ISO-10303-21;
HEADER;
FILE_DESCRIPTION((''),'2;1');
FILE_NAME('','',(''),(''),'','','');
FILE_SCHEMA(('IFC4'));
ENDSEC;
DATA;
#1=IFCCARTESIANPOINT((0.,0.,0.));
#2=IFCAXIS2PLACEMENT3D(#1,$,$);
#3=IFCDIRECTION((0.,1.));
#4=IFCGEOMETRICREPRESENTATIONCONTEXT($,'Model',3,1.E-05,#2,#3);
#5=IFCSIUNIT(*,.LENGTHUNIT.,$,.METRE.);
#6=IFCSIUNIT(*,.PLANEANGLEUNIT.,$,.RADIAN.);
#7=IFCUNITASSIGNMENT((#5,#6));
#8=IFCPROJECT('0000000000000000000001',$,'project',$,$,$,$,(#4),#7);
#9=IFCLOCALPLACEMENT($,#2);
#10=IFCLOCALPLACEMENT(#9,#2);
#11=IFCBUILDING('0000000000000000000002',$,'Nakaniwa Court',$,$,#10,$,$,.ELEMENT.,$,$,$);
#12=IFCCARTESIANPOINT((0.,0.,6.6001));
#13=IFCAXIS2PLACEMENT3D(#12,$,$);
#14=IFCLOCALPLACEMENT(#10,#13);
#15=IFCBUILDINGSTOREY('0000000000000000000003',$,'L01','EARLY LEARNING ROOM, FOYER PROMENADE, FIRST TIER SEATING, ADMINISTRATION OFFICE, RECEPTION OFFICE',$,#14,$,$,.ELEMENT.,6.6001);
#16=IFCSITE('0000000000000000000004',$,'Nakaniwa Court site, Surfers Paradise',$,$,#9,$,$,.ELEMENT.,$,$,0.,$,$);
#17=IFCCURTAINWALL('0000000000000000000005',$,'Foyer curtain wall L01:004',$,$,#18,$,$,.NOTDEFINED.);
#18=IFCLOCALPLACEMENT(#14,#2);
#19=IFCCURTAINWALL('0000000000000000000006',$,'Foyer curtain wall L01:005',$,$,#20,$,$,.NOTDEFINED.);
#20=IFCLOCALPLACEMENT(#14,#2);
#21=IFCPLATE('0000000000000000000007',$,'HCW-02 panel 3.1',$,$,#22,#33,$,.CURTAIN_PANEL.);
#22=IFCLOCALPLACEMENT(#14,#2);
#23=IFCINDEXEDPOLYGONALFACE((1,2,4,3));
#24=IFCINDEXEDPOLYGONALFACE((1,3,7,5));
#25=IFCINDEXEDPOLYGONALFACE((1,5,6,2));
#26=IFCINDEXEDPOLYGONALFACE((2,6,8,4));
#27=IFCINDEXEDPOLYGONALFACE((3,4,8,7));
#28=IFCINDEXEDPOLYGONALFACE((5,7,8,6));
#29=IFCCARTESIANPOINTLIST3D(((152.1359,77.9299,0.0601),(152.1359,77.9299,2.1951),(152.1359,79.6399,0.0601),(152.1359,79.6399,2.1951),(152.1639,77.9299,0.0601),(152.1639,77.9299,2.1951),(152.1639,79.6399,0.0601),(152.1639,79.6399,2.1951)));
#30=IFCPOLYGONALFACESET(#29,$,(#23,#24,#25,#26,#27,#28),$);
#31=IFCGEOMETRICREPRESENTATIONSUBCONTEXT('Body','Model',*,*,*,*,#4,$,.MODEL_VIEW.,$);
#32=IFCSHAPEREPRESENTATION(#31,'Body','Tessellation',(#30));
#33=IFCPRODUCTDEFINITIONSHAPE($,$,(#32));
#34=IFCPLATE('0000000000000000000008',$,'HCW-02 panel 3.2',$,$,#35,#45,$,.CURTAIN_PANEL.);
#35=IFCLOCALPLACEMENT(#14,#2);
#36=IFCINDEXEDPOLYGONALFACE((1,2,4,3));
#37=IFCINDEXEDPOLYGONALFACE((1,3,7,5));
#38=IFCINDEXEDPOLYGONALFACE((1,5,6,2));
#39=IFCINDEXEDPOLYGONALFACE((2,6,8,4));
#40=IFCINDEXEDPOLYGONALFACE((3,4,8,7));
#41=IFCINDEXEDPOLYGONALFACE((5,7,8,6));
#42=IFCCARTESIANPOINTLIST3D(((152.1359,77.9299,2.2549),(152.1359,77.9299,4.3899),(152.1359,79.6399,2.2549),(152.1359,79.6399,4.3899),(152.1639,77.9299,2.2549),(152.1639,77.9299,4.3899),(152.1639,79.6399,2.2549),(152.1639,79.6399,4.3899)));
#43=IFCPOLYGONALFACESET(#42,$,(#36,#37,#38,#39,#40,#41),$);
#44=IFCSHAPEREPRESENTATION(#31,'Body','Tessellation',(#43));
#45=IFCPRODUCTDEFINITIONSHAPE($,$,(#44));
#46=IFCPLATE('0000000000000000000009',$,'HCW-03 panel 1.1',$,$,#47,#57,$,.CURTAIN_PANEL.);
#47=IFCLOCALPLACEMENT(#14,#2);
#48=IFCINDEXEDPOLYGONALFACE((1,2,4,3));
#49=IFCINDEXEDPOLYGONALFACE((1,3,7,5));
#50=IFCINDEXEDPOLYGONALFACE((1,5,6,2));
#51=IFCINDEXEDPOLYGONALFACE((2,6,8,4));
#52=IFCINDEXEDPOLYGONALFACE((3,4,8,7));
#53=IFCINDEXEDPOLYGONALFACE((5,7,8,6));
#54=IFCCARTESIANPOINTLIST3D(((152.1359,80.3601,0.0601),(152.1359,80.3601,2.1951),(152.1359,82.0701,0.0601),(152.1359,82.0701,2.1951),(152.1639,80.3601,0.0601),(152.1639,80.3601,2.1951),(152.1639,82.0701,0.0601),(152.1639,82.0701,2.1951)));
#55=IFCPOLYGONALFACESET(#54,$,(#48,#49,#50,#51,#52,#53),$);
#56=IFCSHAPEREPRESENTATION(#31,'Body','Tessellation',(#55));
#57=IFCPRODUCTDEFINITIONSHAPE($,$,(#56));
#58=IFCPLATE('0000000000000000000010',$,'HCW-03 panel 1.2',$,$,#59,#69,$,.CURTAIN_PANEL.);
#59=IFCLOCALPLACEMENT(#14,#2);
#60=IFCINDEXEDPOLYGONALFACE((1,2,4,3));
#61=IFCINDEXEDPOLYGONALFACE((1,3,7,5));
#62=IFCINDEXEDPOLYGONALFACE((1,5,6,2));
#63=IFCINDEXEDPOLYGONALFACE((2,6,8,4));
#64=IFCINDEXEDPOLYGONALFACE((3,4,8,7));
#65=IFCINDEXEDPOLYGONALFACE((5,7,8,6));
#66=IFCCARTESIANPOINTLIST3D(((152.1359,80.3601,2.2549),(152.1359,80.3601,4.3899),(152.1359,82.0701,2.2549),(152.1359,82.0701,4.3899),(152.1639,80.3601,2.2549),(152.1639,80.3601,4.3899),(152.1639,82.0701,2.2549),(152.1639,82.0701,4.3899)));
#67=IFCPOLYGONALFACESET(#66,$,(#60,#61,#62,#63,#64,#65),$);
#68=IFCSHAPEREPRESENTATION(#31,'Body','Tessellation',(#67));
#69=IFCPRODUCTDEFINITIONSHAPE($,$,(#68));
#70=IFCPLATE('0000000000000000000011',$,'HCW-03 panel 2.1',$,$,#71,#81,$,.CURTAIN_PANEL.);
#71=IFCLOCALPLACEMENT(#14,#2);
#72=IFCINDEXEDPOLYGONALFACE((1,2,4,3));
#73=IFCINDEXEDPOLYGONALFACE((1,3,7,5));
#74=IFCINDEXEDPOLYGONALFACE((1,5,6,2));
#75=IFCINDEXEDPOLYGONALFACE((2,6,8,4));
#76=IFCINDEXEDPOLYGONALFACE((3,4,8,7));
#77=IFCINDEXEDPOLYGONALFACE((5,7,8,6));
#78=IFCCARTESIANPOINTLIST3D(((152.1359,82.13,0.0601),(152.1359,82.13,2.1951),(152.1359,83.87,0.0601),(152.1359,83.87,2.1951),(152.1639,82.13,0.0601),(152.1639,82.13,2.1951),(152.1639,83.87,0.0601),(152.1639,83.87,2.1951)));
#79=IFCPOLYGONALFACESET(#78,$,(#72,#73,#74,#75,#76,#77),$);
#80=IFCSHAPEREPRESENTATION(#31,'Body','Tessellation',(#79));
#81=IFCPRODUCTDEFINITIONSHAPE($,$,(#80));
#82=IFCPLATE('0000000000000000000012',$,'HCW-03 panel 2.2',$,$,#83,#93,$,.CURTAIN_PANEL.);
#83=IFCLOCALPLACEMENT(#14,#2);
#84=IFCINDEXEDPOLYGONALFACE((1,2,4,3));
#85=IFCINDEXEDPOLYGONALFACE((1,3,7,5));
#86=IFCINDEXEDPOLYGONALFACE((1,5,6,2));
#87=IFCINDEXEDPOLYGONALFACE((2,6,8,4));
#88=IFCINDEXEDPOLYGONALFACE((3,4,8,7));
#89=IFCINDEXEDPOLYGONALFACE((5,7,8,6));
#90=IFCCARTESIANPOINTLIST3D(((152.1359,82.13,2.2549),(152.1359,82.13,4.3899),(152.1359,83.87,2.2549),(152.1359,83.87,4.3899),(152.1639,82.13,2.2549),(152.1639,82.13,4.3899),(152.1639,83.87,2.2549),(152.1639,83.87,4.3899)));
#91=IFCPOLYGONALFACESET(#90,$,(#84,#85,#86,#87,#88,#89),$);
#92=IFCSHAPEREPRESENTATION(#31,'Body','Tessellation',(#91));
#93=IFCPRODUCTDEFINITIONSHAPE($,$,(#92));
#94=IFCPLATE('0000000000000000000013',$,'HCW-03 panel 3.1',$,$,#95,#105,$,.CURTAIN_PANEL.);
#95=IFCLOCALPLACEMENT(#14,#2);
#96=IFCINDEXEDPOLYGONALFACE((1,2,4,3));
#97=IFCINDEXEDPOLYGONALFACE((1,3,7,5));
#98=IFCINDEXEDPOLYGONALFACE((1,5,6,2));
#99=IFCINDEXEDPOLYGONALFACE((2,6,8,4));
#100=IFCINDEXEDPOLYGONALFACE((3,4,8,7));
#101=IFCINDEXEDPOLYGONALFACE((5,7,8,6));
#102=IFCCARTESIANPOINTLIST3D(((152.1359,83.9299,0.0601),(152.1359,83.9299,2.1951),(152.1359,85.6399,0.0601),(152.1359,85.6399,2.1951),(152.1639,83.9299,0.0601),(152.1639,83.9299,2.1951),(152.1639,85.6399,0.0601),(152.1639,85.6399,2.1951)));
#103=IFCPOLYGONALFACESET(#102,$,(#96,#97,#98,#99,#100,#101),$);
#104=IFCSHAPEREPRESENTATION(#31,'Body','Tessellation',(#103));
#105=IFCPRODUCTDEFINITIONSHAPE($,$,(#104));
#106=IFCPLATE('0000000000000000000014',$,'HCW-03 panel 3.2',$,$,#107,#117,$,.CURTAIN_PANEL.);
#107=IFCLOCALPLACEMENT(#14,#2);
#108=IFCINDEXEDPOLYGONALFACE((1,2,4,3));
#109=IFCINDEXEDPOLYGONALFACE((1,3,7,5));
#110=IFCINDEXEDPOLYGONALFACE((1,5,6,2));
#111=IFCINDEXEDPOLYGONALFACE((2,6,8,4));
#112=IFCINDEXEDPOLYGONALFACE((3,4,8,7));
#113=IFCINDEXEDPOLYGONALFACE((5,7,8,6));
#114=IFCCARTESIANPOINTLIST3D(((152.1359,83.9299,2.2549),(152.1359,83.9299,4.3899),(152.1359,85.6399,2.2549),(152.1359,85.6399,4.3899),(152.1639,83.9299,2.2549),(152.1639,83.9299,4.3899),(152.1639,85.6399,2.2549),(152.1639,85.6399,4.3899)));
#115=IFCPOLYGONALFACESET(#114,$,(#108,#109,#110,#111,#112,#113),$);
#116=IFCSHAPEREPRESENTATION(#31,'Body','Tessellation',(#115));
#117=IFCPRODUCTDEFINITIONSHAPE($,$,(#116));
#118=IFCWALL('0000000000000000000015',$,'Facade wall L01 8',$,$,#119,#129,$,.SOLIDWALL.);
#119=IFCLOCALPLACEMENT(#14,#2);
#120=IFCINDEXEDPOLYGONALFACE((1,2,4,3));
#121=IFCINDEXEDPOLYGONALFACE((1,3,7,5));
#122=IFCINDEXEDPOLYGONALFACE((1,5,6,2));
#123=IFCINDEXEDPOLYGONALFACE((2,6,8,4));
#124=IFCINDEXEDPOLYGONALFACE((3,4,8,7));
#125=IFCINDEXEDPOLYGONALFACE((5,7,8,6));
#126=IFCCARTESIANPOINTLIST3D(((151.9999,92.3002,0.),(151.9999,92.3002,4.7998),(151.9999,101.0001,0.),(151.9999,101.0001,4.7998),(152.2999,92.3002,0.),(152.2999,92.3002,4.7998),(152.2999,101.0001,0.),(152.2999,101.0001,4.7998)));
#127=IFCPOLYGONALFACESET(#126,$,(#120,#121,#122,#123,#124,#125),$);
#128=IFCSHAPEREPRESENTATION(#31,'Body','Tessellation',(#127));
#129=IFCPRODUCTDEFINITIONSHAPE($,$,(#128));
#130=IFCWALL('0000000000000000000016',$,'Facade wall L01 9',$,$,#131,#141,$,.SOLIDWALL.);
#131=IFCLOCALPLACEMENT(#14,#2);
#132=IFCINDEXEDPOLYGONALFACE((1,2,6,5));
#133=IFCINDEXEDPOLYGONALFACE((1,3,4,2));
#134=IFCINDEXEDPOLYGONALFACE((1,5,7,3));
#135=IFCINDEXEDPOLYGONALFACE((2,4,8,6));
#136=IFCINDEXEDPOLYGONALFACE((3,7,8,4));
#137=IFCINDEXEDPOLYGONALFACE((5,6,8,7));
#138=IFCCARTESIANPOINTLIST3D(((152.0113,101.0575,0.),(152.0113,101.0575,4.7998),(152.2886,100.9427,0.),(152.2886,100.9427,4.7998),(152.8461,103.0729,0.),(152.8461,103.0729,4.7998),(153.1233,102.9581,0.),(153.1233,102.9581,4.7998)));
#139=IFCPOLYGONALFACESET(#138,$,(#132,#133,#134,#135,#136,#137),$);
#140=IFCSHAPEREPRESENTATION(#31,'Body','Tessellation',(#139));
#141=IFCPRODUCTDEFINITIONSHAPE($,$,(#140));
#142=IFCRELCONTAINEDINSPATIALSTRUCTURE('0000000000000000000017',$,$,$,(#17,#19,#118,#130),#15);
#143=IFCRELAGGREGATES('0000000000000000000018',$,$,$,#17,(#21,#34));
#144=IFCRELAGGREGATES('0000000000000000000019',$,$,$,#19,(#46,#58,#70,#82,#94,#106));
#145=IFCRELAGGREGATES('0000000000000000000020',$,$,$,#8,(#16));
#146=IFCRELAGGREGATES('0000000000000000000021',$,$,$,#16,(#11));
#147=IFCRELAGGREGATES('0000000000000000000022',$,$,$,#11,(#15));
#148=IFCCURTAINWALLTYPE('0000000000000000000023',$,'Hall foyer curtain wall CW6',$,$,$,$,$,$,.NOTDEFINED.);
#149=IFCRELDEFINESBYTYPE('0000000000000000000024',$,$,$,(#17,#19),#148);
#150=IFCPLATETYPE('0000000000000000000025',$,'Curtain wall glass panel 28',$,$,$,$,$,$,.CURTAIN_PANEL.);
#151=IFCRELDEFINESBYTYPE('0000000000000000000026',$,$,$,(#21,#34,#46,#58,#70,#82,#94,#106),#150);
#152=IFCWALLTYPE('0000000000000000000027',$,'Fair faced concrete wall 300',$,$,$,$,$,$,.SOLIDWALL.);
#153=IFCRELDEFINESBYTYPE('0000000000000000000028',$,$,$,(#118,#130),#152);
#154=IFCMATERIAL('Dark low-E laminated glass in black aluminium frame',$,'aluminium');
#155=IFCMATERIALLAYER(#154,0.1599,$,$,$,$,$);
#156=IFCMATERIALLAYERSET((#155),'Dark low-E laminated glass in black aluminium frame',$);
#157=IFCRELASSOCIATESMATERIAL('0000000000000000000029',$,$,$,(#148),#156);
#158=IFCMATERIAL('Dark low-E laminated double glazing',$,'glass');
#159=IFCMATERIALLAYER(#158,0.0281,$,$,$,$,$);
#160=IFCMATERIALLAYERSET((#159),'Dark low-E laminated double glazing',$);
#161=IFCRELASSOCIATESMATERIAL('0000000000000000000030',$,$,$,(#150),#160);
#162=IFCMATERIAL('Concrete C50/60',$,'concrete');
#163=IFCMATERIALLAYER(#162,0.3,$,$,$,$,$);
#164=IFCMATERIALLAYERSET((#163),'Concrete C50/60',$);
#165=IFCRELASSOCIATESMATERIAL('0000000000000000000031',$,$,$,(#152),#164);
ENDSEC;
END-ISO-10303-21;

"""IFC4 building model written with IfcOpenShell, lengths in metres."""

from ifc_helpers import new_model, si_unit, direction, frame, frame_2d, origin, origin_2d, place, context, subcontext, project, spatial, rectangle, extrude, material, layer, layer_set, type_object, element, aggregate, save


model = new_model("IFC4")

# Units and contexts
model_context = context("Model", 3, precision=1e-05, world=origin(), true_north=direction((0.0, 1.0)))
body_context = subcontext(model_context, "Body", "Model", "MODEL_VIEW")
ifc_project = project(units=[si_unit("LENGTHUNIT", "METRE"), si_unit("PLANEANGLEUNIT", "RADIAN")], contexts=[model_context])

# Site, building, storey
site_placement = place(None, origin())
site = spatial("IfcSite", under=ifc_project, at=site_placement, Name="Nakaniwa Court site, Surfers Paradise", CompositionType="ELEMENT", RefElevation=0.0)
building_placement = place(site_placement, origin())
building = spatial("IfcBuilding", under=site, at=building_placement, Name="Nakaniwa Court", CompositionType="ELEMENT")
storey_placement = place(building_placement, frame((0.0, 0.0, 6.6001)))
storey = spatial("IfcBuildingStorey", under=building, at=storey_placement, Name="L01", Description="EARLY LEARNING ROOM, FOYER PROMENADE, FIRST TIER SEATING, ADMINISTRATION OFFICE, RECEPTION OFFICE", CompositionType="ELEMENT", Elevation=6.6001)

# Curtain walls
ifc_material_1 = material(Name="Dark low-E laminated glass in black aluminium frame", Category="aluminium")
ifc_layer_1 = layer(ifc_material_1, 0.1599)
ifc_layer_set_1 = layer_set([ifc_layer_1], Name="Dark low-E laminated glass in black aluminium frame")
curtain_wall_type = type_object("IfcCurtainWallType", Name="Hall foyer curtain wall CW6", PredefinedType="NOTDEFINED", material=ifc_layer_set_1)
curtain_wall_1_placement = place(storey_placement, origin())
curtain_wall_1 = element("IfcCurtainWall", 1, at=curtain_wall_1_placement, inside=storey, type_object=curtain_wall_type, Name="Foyer curtain wall L01:004", PredefinedType="NOTDEFINED")
curtain_wall_2_placement = place(storey_placement, origin())
curtain_wall_2 = element("IfcCurtainWall", 2, at=curtain_wall_2_placement, inside=storey, type_object=curtain_wall_type, Name="Foyer curtain wall L01:005", PredefinedType="NOTDEFINED")

# Plates
ifc_material_2 = material(Name="Dark low-E laminated double glazing", Category="glass")
ifc_layer_2 = layer(ifc_material_2, 0.0281)
ifc_layer_set_2 = layer_set([ifc_layer_2], Name="Dark low-E laminated double glazing")
plate_type = type_object("IfcPlateType", Name="Curtain wall glass panel 28", PredefinedType="CURTAIN_PANEL", material=ifc_layer_set_2)
plate_1_placement = place(storey_placement, frame((152.1499, 78.7849, 0.0601), z_axis=(0.0, 0.0, 1.0), x_axis=(0.0, 1.0, 0.0)))
plate_1 = element("IfcPlate", 3, at=plate_1_placement, type_object=plate_type, Name="HCW-02 panel 3.1", PredefinedType="CURTAIN_PANEL", context=body_context, shape_type="SweptSolid", body=[
    extrude(rectangle(XDim=1.71, YDim=0.0281, at=origin_2d()), origin(), (0.0, 0.0, 1.0), 2.135),
])
plate_2_placement = place(storey_placement, frame((152.1499, 78.7849, 2.2549), z_axis=(0.0, 0.0, 1.0), x_axis=(0.0, 1.0, 0.0)))
plate_2 = element("IfcPlate", 4, at=plate_2_placement, type_object=plate_type, Name="HCW-02 panel 3.2", PredefinedType="CURTAIN_PANEL", context=body_context, shape_type="SweptSolid", body=[
    extrude(rectangle(XDim=1.71, YDim=0.0281, at=origin_2d()), origin(), (0.0, 0.0, 1.0), 2.135),
])
aggregate(curtain_wall_1, [plate_1, plate_2])
plate_3_placement = place(storey_placement, frame((152.1499, 81.2151, 0.0601), z_axis=(0.0, 0.0, 1.0), x_axis=(0.0, 1.0, 0.0)))
plate_3 = element("IfcPlate", 5, at=plate_3_placement, type_object=plate_type, Name="HCW-03 panel 1.1", PredefinedType="CURTAIN_PANEL", context=body_context, shape_type="SweptSolid", body=[
    extrude(rectangle(XDim=1.71, YDim=0.0281, at=origin_2d()), origin(), (0.0, 0.0, 1.0), 2.135),
])
plate_4_placement = place(storey_placement, frame((152.1499, 81.2151, 2.2549), z_axis=(0.0, 0.0, 1.0), x_axis=(0.0, 1.0, 0.0)))
plate_4 = element("IfcPlate", 6, at=plate_4_placement, type_object=plate_type, Name="HCW-03 panel 1.2", PredefinedType="CURTAIN_PANEL", context=body_context, shape_type="SweptSolid", body=[
    extrude(rectangle(XDim=1.71, YDim=0.0281, at=origin_2d()), origin(), (0.0, 0.0, 1.0), 2.135),
])
plate_5_placement = place(storey_placement, frame((152.1499, 83.0, 0.0601), z_axis=(0.0, 0.0, 1.0), x_axis=(0.0, 1.0, 0.0)))
plate_5 = element("IfcPlate", 7, at=plate_5_placement, type_object=plate_type, Name="HCW-03 panel 2.1", PredefinedType="CURTAIN_PANEL", context=body_context, shape_type="SweptSolid", body=[
    extrude(rectangle(XDim=1.74, YDim=0.0281, at=origin_2d()), origin(), (0.0, 0.0, 1.0), 2.135),
])
plate_6_placement = place(storey_placement, frame((152.1499, 83.0, 2.2549), z_axis=(0.0, 0.0, 1.0), x_axis=(0.0, 1.0, 0.0)))
plate_6 = element("IfcPlate", 8, at=plate_6_placement, type_object=plate_type, Name="HCW-03 panel 2.2", PredefinedType="CURTAIN_PANEL", context=body_context, shape_type="SweptSolid", body=[
    extrude(rectangle(XDim=1.74, YDim=0.0281, at=origin_2d()), origin(), (0.0, 0.0, 1.0), 2.135),
])
plate_7_placement = place(storey_placement, frame((152.1499, 84.7849, 0.0601), z_axis=(0.0, 0.0, 1.0), x_axis=(0.0, 1.0, 0.0)))
plate_7 = element("IfcPlate", 9, at=plate_7_placement, type_object=plate_type, Name="HCW-03 panel 3.1", PredefinedType="CURTAIN_PANEL", context=body_context, shape_type="SweptSolid", body=[
    extrude(rectangle(XDim=1.71, YDim=0.0281, at=origin_2d()), origin(), (0.0, 0.0, 1.0), 2.135),
])
plate_8_placement = place(storey_placement, frame((152.1499, 84.7849, 2.2549), z_axis=(0.0, 0.0, 1.0), x_axis=(0.0, 1.0, 0.0)))
plate_8 = element("IfcPlate", 10, at=plate_8_placement, type_object=plate_type, Name="HCW-03 panel 3.2", PredefinedType="CURTAIN_PANEL", context=body_context, shape_type="SweptSolid", body=[
    extrude(rectangle(XDim=1.71, YDim=0.0281, at=origin_2d()), origin(), (0.0, 0.0, 1.0), 2.135),
])
aggregate(curtain_wall_2, [plate_3, plate_4, plate_5, plate_6, plate_7, plate_8])

# Walls
ifc_material_3 = material(Name="Concrete C50/60", Category="concrete")
ifc_layer_3 = layer(ifc_material_3, 0.3)
ifc_layer_set_3 = layer_set([ifc_layer_3], Name="Concrete C50/60")
wall_type = type_object("IfcWallType", Name="Fair faced concrete wall 300", PredefinedType="SOLIDWALL", material=ifc_layer_set_3)
wall_1_placement = place(storey_placement, frame((152.1499, 92.3, 0.0), z_axis=(0.0, 0.0, 1.0), x_axis=(0.0, 1.0, 0.0)))
element("IfcWall", 11, at=wall_1_placement, inside=storey, type_object=wall_type, Name="Facade wall L01 8", PredefinedType="SOLIDWALL", context=body_context, shape_type="SweptSolid", body=[
    extrude(rectangle(XDim=8.7, YDim=0.3, at=frame_2d((4.3501, 0.0))), origin(), (0.0, 0.0, 1.0), 4.7998),
])
wall_2_placement = place(storey_placement, frame((152.1499, 101.0, 0.0), z_axis=(0.0, 0.0, 1.0), x_axis=(0.382652, 0.923893, 0.0)))
element("IfcWall", 12, at=wall_2_placement, inside=storey, type_object=wall_type, Name="Facade wall L01 9", PredefinedType="SOLIDWALL", context=body_context, shape_type="SweptSolid", body=[
    extrude(rectangle(XDim=2.1814, YDim=0.3, at=frame_2d((1.0908, 0.0))), origin(), (0.0, 0.0, 1.0), 4.7998),
])

save(model, "model.ifc")
